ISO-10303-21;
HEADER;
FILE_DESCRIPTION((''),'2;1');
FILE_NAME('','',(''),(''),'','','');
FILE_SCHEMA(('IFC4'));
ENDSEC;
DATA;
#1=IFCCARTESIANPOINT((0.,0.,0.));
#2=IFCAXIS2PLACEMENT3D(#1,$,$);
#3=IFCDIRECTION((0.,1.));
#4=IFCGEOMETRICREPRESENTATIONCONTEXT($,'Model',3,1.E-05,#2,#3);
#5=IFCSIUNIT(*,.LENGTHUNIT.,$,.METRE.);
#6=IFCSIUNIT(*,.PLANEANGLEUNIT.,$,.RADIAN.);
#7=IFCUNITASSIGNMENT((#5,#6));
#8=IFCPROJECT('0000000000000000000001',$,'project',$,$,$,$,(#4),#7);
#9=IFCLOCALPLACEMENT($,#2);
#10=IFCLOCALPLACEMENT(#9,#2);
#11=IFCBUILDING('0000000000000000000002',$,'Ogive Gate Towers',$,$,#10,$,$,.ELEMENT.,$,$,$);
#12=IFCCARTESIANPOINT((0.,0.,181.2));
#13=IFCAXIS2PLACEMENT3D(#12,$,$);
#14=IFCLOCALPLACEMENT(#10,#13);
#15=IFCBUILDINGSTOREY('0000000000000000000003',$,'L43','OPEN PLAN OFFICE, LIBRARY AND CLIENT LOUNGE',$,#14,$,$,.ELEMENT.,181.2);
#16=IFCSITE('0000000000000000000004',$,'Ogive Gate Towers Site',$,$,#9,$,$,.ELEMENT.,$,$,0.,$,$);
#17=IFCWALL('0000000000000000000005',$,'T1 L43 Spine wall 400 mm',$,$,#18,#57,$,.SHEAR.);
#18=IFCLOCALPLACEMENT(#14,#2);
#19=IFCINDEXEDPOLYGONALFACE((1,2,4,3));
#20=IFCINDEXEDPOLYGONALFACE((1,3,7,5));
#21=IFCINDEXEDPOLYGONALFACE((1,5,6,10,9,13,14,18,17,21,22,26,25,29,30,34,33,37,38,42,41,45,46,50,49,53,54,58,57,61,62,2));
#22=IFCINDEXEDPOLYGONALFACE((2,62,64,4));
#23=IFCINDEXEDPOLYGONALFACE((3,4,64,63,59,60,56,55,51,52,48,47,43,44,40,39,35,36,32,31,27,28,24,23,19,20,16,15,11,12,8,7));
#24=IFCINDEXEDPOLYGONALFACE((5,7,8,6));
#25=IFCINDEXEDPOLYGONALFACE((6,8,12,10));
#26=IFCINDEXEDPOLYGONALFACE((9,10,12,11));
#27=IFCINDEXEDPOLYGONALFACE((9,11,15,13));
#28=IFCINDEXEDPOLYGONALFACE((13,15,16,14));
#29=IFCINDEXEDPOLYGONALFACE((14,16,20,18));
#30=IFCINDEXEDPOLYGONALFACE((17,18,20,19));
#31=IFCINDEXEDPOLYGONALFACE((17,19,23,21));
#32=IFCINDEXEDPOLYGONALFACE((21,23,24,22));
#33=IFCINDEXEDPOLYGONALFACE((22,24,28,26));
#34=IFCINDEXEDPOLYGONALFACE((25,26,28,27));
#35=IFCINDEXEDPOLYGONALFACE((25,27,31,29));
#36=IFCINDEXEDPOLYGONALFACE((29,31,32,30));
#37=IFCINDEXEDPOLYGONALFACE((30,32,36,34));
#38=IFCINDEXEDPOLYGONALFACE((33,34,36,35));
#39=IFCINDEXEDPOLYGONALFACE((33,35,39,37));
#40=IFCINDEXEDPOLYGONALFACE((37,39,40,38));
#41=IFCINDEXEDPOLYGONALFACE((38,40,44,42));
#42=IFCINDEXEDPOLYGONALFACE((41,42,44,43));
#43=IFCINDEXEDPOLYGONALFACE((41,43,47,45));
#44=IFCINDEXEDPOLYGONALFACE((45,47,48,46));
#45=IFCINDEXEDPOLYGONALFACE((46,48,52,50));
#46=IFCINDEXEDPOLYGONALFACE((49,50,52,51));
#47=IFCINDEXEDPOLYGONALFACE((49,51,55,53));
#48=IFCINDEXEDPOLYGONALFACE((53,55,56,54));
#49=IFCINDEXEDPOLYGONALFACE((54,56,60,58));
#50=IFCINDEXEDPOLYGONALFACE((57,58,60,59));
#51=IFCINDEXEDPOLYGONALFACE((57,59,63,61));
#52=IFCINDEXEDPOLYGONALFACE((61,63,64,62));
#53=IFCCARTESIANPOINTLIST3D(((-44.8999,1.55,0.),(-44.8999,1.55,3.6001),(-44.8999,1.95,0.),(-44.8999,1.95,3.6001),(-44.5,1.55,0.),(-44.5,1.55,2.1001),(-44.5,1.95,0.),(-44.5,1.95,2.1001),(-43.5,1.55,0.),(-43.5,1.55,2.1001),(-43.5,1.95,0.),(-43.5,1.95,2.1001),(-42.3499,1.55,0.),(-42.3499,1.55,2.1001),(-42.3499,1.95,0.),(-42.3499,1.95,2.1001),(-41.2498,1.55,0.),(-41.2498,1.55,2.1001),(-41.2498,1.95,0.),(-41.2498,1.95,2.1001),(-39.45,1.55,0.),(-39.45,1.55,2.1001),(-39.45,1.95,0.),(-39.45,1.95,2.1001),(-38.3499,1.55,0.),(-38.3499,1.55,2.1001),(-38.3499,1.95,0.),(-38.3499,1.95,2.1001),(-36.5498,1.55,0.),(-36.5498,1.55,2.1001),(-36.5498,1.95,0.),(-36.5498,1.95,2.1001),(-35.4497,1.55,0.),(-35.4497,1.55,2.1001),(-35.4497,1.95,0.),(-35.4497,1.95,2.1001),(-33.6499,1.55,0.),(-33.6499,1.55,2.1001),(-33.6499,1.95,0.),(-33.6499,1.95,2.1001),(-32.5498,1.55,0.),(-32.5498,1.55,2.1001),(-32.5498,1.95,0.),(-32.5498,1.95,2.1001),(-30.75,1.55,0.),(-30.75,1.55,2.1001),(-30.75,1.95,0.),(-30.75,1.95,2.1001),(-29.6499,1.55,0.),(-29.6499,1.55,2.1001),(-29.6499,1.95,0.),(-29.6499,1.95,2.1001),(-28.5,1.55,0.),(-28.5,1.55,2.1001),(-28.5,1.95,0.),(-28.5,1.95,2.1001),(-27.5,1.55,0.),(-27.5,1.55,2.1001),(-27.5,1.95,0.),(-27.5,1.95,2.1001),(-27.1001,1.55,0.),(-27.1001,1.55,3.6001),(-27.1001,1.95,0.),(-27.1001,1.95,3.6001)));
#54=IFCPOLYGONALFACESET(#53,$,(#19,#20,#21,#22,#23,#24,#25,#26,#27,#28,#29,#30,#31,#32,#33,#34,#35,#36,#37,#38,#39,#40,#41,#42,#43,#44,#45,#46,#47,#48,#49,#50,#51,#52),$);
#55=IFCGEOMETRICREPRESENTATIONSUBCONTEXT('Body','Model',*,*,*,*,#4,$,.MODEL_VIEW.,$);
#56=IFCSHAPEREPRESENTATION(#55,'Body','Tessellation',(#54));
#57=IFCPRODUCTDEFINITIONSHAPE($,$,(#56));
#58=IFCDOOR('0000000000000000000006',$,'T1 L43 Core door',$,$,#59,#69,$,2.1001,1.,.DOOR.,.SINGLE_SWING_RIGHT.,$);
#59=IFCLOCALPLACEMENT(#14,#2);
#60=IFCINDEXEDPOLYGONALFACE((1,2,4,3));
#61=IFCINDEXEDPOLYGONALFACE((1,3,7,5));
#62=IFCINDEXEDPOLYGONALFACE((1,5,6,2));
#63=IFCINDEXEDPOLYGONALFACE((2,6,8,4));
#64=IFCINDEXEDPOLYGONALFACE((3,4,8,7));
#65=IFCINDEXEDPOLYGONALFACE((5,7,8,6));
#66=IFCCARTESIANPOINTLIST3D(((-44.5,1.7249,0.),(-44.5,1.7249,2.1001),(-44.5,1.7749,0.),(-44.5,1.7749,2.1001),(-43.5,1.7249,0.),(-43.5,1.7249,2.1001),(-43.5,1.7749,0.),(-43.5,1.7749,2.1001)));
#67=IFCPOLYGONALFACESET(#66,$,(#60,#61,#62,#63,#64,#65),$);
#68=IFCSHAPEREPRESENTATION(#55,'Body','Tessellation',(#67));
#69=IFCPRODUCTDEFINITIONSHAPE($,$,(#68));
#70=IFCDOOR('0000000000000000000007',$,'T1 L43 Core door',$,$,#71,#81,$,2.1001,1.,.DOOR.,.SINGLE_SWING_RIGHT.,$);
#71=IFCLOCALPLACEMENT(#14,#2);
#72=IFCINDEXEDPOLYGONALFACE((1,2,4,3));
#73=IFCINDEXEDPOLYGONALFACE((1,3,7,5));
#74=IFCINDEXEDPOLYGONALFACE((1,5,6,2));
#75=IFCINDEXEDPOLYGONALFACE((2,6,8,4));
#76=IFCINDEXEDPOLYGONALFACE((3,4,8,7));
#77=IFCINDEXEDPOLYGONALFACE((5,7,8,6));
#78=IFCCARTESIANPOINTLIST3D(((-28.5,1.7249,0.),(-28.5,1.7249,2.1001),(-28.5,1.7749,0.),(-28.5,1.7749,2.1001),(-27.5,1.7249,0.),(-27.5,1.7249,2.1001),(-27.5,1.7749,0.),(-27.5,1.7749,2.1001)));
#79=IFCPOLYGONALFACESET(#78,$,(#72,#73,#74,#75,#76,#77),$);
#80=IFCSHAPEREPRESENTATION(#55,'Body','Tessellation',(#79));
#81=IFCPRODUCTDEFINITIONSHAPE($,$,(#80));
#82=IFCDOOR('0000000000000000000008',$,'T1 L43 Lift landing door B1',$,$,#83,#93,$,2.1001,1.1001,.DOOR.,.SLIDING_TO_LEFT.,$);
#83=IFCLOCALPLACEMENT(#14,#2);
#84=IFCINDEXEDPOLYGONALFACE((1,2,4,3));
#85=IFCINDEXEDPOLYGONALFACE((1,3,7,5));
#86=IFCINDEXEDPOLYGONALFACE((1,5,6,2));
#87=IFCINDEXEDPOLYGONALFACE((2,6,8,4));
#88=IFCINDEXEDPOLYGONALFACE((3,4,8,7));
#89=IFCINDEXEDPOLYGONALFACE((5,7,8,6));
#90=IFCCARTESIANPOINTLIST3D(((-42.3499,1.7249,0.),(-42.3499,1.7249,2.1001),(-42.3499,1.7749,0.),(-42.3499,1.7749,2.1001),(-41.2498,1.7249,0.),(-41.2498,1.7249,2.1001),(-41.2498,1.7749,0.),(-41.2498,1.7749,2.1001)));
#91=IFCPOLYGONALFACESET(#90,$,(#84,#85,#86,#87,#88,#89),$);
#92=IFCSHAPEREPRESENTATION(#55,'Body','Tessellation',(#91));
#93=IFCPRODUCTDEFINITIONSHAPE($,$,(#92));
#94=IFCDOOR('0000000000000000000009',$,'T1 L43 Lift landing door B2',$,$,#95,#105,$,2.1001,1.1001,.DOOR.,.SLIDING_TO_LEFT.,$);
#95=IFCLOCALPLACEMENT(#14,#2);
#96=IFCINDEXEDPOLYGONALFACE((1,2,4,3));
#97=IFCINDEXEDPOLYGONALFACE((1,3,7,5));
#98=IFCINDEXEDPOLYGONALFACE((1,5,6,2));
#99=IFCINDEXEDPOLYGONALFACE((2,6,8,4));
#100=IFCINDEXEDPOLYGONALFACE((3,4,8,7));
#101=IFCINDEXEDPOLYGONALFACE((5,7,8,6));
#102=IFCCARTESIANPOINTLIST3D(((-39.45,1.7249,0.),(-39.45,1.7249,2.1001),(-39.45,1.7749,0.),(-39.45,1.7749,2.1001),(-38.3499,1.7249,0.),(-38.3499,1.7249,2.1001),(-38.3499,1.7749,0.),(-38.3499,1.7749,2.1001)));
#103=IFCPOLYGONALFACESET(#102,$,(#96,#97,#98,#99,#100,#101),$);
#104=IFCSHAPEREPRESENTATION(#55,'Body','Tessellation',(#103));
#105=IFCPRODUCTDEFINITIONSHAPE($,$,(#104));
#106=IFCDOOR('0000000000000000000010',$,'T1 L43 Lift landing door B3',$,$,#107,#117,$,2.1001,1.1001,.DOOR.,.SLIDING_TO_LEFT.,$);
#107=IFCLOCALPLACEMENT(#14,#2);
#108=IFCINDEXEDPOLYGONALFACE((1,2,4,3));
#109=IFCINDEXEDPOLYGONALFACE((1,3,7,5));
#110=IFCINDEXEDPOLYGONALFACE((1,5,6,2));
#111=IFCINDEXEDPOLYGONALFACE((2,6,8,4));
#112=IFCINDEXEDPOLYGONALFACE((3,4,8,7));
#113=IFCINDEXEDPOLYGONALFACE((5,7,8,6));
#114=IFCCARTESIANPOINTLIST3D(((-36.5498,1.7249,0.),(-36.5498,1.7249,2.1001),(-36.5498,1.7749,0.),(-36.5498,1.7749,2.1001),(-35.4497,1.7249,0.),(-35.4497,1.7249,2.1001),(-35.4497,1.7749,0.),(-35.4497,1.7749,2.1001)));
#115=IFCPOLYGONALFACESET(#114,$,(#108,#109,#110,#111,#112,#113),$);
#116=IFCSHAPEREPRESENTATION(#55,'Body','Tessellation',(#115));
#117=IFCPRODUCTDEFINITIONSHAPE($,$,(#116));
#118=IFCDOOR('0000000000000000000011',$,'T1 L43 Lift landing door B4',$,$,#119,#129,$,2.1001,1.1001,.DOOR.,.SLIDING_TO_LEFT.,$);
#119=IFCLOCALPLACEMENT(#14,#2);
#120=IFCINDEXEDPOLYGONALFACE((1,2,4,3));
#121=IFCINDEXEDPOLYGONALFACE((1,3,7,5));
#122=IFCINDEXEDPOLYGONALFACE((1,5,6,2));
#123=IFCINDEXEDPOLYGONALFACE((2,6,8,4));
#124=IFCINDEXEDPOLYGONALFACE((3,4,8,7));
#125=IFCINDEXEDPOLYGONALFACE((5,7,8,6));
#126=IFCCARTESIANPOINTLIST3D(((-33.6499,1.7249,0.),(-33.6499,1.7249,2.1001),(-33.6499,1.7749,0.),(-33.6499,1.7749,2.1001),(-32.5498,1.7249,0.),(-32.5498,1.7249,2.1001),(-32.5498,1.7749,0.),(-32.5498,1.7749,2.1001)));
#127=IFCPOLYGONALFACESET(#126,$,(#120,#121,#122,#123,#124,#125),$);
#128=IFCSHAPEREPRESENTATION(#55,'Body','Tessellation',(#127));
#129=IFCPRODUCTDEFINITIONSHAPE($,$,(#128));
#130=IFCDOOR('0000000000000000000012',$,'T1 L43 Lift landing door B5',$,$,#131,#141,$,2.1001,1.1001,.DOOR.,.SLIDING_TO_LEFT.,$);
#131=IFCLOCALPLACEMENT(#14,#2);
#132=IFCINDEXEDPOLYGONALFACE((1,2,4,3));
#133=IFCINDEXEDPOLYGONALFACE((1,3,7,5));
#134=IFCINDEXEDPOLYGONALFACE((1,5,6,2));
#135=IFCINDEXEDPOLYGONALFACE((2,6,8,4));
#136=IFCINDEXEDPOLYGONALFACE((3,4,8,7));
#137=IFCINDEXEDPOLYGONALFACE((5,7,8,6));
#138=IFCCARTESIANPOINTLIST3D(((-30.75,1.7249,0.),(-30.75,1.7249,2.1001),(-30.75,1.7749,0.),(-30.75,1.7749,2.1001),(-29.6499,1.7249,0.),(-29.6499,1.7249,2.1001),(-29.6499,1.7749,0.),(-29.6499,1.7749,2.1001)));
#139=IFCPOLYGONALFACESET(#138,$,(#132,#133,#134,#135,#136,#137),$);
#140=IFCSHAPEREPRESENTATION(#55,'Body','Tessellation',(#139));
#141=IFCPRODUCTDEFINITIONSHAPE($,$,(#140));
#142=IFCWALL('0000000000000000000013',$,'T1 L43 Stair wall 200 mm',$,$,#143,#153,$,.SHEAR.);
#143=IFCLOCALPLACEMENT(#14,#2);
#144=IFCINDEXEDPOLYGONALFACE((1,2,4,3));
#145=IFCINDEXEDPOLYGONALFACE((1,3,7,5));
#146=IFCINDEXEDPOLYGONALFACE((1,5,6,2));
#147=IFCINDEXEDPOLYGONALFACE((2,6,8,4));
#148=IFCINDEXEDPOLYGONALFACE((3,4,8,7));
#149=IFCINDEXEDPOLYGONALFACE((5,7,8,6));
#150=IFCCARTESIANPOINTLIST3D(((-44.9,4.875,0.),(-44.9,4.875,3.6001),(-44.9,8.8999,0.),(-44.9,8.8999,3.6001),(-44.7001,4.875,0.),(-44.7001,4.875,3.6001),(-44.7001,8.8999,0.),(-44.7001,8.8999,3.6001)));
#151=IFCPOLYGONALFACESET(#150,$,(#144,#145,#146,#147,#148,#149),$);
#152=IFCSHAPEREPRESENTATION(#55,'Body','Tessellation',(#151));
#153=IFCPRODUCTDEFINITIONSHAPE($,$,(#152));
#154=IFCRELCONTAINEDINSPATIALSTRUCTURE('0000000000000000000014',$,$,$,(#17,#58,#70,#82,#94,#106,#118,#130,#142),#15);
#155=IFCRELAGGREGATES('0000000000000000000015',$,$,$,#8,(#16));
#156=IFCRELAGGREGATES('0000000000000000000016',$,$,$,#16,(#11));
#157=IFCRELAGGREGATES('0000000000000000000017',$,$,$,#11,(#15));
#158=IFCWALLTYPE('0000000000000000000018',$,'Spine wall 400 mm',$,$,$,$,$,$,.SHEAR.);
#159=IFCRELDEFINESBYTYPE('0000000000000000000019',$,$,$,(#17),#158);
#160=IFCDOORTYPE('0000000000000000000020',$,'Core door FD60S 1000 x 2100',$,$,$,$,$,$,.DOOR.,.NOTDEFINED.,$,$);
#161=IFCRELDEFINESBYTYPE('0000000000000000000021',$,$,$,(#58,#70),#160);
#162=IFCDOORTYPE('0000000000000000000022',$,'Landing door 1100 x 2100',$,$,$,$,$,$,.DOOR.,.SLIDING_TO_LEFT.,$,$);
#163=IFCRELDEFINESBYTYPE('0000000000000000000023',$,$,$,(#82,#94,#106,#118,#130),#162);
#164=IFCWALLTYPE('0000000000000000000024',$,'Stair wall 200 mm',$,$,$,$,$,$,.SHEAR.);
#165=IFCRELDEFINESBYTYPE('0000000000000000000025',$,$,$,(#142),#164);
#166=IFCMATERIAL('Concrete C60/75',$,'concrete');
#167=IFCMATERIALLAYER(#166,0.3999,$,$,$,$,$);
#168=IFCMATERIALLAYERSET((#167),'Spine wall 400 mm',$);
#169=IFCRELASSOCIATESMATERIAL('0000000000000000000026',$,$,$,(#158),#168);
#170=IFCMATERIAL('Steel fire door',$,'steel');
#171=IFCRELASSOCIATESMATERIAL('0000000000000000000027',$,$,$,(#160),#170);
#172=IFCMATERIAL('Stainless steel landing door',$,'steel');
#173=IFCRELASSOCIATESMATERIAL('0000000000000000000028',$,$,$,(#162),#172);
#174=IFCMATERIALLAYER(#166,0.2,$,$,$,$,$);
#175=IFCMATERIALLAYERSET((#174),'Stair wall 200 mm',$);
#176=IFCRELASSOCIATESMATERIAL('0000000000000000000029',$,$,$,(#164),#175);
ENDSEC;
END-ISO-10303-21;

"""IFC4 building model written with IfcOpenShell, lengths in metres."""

from ifc_helpers import new_model, si_unit, direction, frame, frame_2d, origin, place, context, subcontext, project, spatial, rectangle, extrude, material, layer, layer_set, type_object, element, fill, save


model = new_model("IFC4")

# Units and contexts
model_context = context("Model", 3, precision=1e-05, world=origin(), true_north=direction((0.0, 1.0)))
body_context = subcontext(model_context, "Body", "Model", "MODEL_VIEW")
ifc_project = project(units=[si_unit("LENGTHUNIT", "METRE"), si_unit("PLANEANGLEUNIT", "RADIAN")], contexts=[model_context])

# Site, building, storey
site_placement = place(None, origin())
site = spatial("IfcSite", under=ifc_project, at=site_placement, Name="Ogive Gate Towers Site", CompositionType="ELEMENT", RefElevation=0.0)
building_placement = place(site_placement, origin())
building = spatial("IfcBuilding", under=site, at=building_placement, Name="Ogive Gate Towers", CompositionType="ELEMENT")
storey_placement = place(building_placement, frame((0.0, 0.0, 181.2)))
storey = spatial("IfcBuildingStorey", under=building, at=storey_placement, Name="L43", Description="OPEN PLAN OFFICE, LIBRARY AND CLIENT LOUNGE", CompositionType="ELEMENT", Elevation=181.2)

# Shared definitions
ifc_material_1 = material(Name="Concrete C60/75", Category="concrete")

# Shared definitions
ifc_material_2 = material(Name="Steel fire door", Category="steel")

# Wall, openings, doors
ifc_layer_1 = layer(ifc_material_1, 0.3999)
ifc_layer_set_1 = layer_set([ifc_layer_1], Name="Spine wall 400 mm")
wall_type_1 = type_object("IfcWallType", Name="Spine wall 400 mm", PredefinedType="SHEAR", material=ifc_layer_set_1)
wall_1_placement = place(storey_placement, frame((-44.8999, 1.75, 0.0), z_axis=(0.0, 0.0, 1.0), x_axis=(1.0, 0.0, 0.0)))
wall_1 = element("IfcWall", 1, at=wall_1_placement, inside=storey, type_object=wall_type_1, Name="T1 L43 Spine wall 400 mm", PredefinedType="SHEAR", context=body_context, shape_type="SweptSolid", body=[
    extrude(rectangle(XDim=17.7998, YDim=0.3999, at=frame_2d((8.8999, 0.0))), origin(), (0.0, 0.0, 1.0), 3.6001),
])
opening_1_placement = place(wall_1_placement, frame((0.3999, 0.0, 0.0)))
opening_1 = element("IfcOpeningElement", 2, at=opening_1_placement, cuts=wall_1, PredefinedType="OPENING", context=body_context, shape_type="SweptSolid", body=[
    extrude(rectangle(XDim=1.0, YDim=2.1001, at=frame_2d((0.5, 1.05))), frame((0.0, 0.21, 0.0), z_axis=(0.0, -1.0, 0.0), x_axis=(1.0, 0.0, 0.0)), (0.0, 0.0, 1.0), 0.4199),
])
opening_2_placement = place(wall_1_placement, frame((2.55, 0.0, 0.0)))
opening_2 = element("IfcOpeningElement", 3, at=opening_2_placement, cuts=wall_1, PredefinedType="OPENING", context=body_context, shape_type="SweptSolid", body=[
    extrude(rectangle(XDim=1.1001, YDim=2.1001, at=frame_2d((0.55, 1.05))), frame((0.0, 0.21, 0.0), z_axis=(0.0, -1.0, 0.0), x_axis=(1.0, 0.0, 0.0)), (0.0, 0.0, 1.0), 0.4199),
])
opening_3_placement = place(wall_1_placement, frame((5.45, 0.0, 0.0)))
opening_3 = element("IfcOpeningElement", 4, at=opening_3_placement, cuts=wall_1, PredefinedType="OPENING", context=body_context, shape_type="SweptSolid", body=[
    extrude(rectangle(XDim=1.1001, YDim=2.1001, at=frame_2d((0.55, 1.05))), frame((0.0, 0.21, 0.0), z_axis=(0.0, -1.0, 0.0), x_axis=(1.0, 0.0, 0.0)), (0.0, 0.0, 1.0), 0.4199),
])
opening_4_placement = place(wall_1_placement, frame((8.3501, 0.0, 0.0)))
opening_4 = element("IfcOpeningElement", 5, at=opening_4_placement, cuts=wall_1, PredefinedType="OPENING", context=body_context, shape_type="SweptSolid", body=[
    extrude(rectangle(XDim=1.1001, YDim=2.1001, at=frame_2d((0.55, 1.05))), frame((0.0, 0.21, 0.0), z_axis=(0.0, -1.0, 0.0), x_axis=(1.0, 0.0, 0.0)), (0.0, 0.0, 1.0), 0.4199),
])
opening_5_placement = place(wall_1_placement, frame((11.25, 0.0, 0.0)))
opening_5 = element("IfcOpeningElement", 6, at=opening_5_placement, cuts=wall_1, PredefinedType="OPENING", context=body_context, shape_type="SweptSolid", body=[
    extrude(rectangle(XDim=1.1001, YDim=2.1001, at=frame_2d((0.55, 1.05))), frame((0.0, 0.21, 0.0), z_axis=(0.0, -1.0, 0.0), x_axis=(1.0, 0.0, 0.0)), (0.0, 0.0, 1.0), 0.4199),
])
opening_6_placement = place(wall_1_placement, frame((14.1499, 0.0, 0.0)))
opening_6 = element("IfcOpeningElement", 7, at=opening_6_placement, cuts=wall_1, PredefinedType="OPENING", context=body_context, shape_type="SweptSolid", body=[
    extrude(rectangle(XDim=1.1001, YDim=2.1001, at=frame_2d((0.55, 1.05))), frame((0.0, 0.21, 0.0), z_axis=(0.0, -1.0, 0.0), x_axis=(1.0, 0.0, 0.0)), (0.0, 0.0, 1.0), 0.4199),
])
opening_7_placement = place(wall_1_placement, frame((16.3999, 0.0, 0.0)))
opening_7 = element("IfcOpeningElement", 8, at=opening_7_placement, cuts=wall_1, PredefinedType="OPENING", context=body_context, shape_type="SweptSolid", body=[
    extrude(rectangle(XDim=1.0, YDim=2.1001, at=frame_2d((0.5, 1.05))), frame((0.0, 0.21, 0.0), z_axis=(0.0, -1.0, 0.0), x_axis=(1.0, 0.0, 0.0)), (0.0, 0.0, 1.0), 0.4199),
])
door_type_1 = type_object("IfcDoorType", Name="Core door FD60S 1000 x 2100", OperationType="NOTDEFINED", PredefinedType="DOOR", material=ifc_material_2)
door_1_placement = place(opening_1_placement, origin())
door_1 = element("IfcDoor", 9, at=door_1_placement, inside=storey, type_object=door_type_1, Name="T1 L43 Core door", OperationType="SINGLE_SWING_RIGHT", OverallHeight=2.1001, OverallWidth=1.0, PredefinedType="DOOR", context=body_context, shape_type="SweptSolid", body=[
    extrude(rectangle(XDim=1.0, YDim=2.1001, at=frame_2d((0.5, 1.05))), frame((0.0, 0.0249, 0.0), z_axis=(0.0, -1.0, 0.0), x_axis=(1.0, 0.0, 0.0)), (0.0, 0.0, 1.0), 0.05),
])
fill(opening_1, door_1)
door_2_placement = place(opening_7_placement, origin())
door_2 = element("IfcDoor", 10, at=door_2_placement, inside=storey, type_object=door_type_1, Name="T1 L43 Core door", OperationType="SINGLE_SWING_RIGHT", OverallHeight=2.1001, OverallWidth=1.0, PredefinedType="DOOR", context=body_context, shape_type="SweptSolid", body=[
    extrude(rectangle(XDim=1.0, YDim=2.1001, at=frame_2d((0.5, 1.05))), frame((0.0, 0.0249, 0.0), z_axis=(0.0, -1.0, 0.0), x_axis=(1.0, 0.0, 0.0)), (0.0, 0.0, 1.0), 0.05),
])
fill(opening_7, door_2)
ifc_material_3 = material(Name="Stainless steel landing door", Category="steel")
door_type_2 = type_object("IfcDoorType", Name="Landing door 1100 x 2100", OperationType="SLIDING_TO_LEFT", PredefinedType="DOOR", material=ifc_material_3)
door_3_placement = place(opening_2_placement, origin())
door_3 = element("IfcDoor", 11, at=door_3_placement, inside=storey, type_object=door_type_2, Name="T1 L43 Lift landing door B1", OperationType="SLIDING_TO_LEFT", OverallHeight=2.1001, OverallWidth=1.1001, PredefinedType="DOOR", context=body_context, shape_type="SweptSolid", body=[
    extrude(rectangle(XDim=1.1001, YDim=2.1001, at=frame_2d((0.55, 1.05))), frame((0.0, 0.0249, 0.0), z_axis=(0.0, -1.0, 0.0), x_axis=(1.0, 0.0, 0.0)), (0.0, 0.0, 1.0), 0.05),
])
fill(opening_2, door_3)
door_4_placement = place(opening_3_placement, origin())
door_4 = element("IfcDoor", 12, at=door_4_placement, inside=storey, type_object=door_type_2, Name="T1 L43 Lift landing door B2", OperationType="SLIDING_TO_LEFT", OverallHeight=2.1001, OverallWidth=1.1001, PredefinedType="DOOR", context=body_context, shape_type="SweptSolid", body=[
    extrude(rectangle(XDim=1.1001, YDim=2.1001, at=frame_2d((0.55, 1.05))), frame((0.0, 0.0249, 0.0), z_axis=(0.0, -1.0, 0.0), x_axis=(1.0, 0.0, 0.0)), (0.0, 0.0, 1.0), 0.05),
])
fill(opening_3, door_4)
door_5_placement = place(opening_4_placement, origin())
door_5 = element("IfcDoor", 13, at=door_5_placement, inside=storey, type_object=door_type_2, Name="T1 L43 Lift landing door B3", OperationType="SLIDING_TO_LEFT", OverallHeight=2.1001, OverallWidth=1.1001, PredefinedType="DOOR", context=body_context, shape_type="SweptSolid", body=[
    extrude(rectangle(XDim=1.1001, YDim=2.1001, at=frame_2d((0.55, 1.05))), frame((0.0, 0.0249, 0.0), z_axis=(0.0, -1.0, 0.0), x_axis=(1.0, 0.0, 0.0)), (0.0, 0.0, 1.0), 0.05),
])
fill(opening_4, door_5)
door_6_placement = place(opening_5_placement, origin())
door_6 = element("IfcDoor", 14, at=door_6_placement, inside=storey, type_object=door_type_2, Name="T1 L43 Lift landing door B4", OperationType="SLIDING_TO_LEFT", OverallHeight=2.1001, OverallWidth=1.1001, PredefinedType="DOOR", context=body_context, shape_type="SweptSolid", body=[
    extrude(rectangle(XDim=1.1001, YDim=2.1001, at=frame_2d((0.55, 1.05))), frame((0.0, 0.0249, 0.0), z_axis=(0.0, -1.0, 0.0), x_axis=(1.0, 0.0, 0.0)), (0.0, 0.0, 1.0), 0.05),
])
fill(opening_5, door_6)
door_7_placement = place(opening_6_placement, origin())
door_7 = element("IfcDoor", 15, at=door_7_placement, inside=storey, type_object=door_type_2, Name="T1 L43 Lift landing door B5", OperationType="SLIDING_TO_LEFT", OverallHeight=2.1001, OverallWidth=1.1001, PredefinedType="DOOR", context=body_context, shape_type="SweptSolid", body=[
    extrude(rectangle(XDim=1.1001, YDim=2.1001, at=frame_2d((0.55, 1.05))), frame((0.0, 0.0249, 0.0), z_axis=(0.0, -1.0, 0.0), x_axis=(1.0, 0.0, 0.0)), (0.0, 0.0, 1.0), 0.05),
])
fill(opening_6, door_7)

# Wall
ifc_layer_2 = layer(ifc_material_1, 0.2)
ifc_layer_set_2 = layer_set([ifc_layer_2], Name="Stair wall 200 mm")
wall_type_2 = type_object("IfcWallType", Name="Stair wall 200 mm", PredefinedType="SHEAR", material=ifc_layer_set_2)
wall_2_placement = place(storey_placement, frame((-44.8, 4.875, 0.0), z_axis=(0.0, 0.0, 1.0), x_axis=(0.0, 1.0, 0.0)))
element("IfcWall", 16, at=wall_2_placement, inside=storey, type_object=wall_type_2, Name="T1 L43 Stair wall 200 mm", PredefinedType="SHEAR", context=body_context, shape_type="SweptSolid", body=[
    extrude(rectangle(XDim=4.0249, YDim=0.2, at=frame_2d((2.0125, 0.0))), origin(), (0.0, 0.0, 1.0), 3.6001),
])

save(model, "model.ifc")
